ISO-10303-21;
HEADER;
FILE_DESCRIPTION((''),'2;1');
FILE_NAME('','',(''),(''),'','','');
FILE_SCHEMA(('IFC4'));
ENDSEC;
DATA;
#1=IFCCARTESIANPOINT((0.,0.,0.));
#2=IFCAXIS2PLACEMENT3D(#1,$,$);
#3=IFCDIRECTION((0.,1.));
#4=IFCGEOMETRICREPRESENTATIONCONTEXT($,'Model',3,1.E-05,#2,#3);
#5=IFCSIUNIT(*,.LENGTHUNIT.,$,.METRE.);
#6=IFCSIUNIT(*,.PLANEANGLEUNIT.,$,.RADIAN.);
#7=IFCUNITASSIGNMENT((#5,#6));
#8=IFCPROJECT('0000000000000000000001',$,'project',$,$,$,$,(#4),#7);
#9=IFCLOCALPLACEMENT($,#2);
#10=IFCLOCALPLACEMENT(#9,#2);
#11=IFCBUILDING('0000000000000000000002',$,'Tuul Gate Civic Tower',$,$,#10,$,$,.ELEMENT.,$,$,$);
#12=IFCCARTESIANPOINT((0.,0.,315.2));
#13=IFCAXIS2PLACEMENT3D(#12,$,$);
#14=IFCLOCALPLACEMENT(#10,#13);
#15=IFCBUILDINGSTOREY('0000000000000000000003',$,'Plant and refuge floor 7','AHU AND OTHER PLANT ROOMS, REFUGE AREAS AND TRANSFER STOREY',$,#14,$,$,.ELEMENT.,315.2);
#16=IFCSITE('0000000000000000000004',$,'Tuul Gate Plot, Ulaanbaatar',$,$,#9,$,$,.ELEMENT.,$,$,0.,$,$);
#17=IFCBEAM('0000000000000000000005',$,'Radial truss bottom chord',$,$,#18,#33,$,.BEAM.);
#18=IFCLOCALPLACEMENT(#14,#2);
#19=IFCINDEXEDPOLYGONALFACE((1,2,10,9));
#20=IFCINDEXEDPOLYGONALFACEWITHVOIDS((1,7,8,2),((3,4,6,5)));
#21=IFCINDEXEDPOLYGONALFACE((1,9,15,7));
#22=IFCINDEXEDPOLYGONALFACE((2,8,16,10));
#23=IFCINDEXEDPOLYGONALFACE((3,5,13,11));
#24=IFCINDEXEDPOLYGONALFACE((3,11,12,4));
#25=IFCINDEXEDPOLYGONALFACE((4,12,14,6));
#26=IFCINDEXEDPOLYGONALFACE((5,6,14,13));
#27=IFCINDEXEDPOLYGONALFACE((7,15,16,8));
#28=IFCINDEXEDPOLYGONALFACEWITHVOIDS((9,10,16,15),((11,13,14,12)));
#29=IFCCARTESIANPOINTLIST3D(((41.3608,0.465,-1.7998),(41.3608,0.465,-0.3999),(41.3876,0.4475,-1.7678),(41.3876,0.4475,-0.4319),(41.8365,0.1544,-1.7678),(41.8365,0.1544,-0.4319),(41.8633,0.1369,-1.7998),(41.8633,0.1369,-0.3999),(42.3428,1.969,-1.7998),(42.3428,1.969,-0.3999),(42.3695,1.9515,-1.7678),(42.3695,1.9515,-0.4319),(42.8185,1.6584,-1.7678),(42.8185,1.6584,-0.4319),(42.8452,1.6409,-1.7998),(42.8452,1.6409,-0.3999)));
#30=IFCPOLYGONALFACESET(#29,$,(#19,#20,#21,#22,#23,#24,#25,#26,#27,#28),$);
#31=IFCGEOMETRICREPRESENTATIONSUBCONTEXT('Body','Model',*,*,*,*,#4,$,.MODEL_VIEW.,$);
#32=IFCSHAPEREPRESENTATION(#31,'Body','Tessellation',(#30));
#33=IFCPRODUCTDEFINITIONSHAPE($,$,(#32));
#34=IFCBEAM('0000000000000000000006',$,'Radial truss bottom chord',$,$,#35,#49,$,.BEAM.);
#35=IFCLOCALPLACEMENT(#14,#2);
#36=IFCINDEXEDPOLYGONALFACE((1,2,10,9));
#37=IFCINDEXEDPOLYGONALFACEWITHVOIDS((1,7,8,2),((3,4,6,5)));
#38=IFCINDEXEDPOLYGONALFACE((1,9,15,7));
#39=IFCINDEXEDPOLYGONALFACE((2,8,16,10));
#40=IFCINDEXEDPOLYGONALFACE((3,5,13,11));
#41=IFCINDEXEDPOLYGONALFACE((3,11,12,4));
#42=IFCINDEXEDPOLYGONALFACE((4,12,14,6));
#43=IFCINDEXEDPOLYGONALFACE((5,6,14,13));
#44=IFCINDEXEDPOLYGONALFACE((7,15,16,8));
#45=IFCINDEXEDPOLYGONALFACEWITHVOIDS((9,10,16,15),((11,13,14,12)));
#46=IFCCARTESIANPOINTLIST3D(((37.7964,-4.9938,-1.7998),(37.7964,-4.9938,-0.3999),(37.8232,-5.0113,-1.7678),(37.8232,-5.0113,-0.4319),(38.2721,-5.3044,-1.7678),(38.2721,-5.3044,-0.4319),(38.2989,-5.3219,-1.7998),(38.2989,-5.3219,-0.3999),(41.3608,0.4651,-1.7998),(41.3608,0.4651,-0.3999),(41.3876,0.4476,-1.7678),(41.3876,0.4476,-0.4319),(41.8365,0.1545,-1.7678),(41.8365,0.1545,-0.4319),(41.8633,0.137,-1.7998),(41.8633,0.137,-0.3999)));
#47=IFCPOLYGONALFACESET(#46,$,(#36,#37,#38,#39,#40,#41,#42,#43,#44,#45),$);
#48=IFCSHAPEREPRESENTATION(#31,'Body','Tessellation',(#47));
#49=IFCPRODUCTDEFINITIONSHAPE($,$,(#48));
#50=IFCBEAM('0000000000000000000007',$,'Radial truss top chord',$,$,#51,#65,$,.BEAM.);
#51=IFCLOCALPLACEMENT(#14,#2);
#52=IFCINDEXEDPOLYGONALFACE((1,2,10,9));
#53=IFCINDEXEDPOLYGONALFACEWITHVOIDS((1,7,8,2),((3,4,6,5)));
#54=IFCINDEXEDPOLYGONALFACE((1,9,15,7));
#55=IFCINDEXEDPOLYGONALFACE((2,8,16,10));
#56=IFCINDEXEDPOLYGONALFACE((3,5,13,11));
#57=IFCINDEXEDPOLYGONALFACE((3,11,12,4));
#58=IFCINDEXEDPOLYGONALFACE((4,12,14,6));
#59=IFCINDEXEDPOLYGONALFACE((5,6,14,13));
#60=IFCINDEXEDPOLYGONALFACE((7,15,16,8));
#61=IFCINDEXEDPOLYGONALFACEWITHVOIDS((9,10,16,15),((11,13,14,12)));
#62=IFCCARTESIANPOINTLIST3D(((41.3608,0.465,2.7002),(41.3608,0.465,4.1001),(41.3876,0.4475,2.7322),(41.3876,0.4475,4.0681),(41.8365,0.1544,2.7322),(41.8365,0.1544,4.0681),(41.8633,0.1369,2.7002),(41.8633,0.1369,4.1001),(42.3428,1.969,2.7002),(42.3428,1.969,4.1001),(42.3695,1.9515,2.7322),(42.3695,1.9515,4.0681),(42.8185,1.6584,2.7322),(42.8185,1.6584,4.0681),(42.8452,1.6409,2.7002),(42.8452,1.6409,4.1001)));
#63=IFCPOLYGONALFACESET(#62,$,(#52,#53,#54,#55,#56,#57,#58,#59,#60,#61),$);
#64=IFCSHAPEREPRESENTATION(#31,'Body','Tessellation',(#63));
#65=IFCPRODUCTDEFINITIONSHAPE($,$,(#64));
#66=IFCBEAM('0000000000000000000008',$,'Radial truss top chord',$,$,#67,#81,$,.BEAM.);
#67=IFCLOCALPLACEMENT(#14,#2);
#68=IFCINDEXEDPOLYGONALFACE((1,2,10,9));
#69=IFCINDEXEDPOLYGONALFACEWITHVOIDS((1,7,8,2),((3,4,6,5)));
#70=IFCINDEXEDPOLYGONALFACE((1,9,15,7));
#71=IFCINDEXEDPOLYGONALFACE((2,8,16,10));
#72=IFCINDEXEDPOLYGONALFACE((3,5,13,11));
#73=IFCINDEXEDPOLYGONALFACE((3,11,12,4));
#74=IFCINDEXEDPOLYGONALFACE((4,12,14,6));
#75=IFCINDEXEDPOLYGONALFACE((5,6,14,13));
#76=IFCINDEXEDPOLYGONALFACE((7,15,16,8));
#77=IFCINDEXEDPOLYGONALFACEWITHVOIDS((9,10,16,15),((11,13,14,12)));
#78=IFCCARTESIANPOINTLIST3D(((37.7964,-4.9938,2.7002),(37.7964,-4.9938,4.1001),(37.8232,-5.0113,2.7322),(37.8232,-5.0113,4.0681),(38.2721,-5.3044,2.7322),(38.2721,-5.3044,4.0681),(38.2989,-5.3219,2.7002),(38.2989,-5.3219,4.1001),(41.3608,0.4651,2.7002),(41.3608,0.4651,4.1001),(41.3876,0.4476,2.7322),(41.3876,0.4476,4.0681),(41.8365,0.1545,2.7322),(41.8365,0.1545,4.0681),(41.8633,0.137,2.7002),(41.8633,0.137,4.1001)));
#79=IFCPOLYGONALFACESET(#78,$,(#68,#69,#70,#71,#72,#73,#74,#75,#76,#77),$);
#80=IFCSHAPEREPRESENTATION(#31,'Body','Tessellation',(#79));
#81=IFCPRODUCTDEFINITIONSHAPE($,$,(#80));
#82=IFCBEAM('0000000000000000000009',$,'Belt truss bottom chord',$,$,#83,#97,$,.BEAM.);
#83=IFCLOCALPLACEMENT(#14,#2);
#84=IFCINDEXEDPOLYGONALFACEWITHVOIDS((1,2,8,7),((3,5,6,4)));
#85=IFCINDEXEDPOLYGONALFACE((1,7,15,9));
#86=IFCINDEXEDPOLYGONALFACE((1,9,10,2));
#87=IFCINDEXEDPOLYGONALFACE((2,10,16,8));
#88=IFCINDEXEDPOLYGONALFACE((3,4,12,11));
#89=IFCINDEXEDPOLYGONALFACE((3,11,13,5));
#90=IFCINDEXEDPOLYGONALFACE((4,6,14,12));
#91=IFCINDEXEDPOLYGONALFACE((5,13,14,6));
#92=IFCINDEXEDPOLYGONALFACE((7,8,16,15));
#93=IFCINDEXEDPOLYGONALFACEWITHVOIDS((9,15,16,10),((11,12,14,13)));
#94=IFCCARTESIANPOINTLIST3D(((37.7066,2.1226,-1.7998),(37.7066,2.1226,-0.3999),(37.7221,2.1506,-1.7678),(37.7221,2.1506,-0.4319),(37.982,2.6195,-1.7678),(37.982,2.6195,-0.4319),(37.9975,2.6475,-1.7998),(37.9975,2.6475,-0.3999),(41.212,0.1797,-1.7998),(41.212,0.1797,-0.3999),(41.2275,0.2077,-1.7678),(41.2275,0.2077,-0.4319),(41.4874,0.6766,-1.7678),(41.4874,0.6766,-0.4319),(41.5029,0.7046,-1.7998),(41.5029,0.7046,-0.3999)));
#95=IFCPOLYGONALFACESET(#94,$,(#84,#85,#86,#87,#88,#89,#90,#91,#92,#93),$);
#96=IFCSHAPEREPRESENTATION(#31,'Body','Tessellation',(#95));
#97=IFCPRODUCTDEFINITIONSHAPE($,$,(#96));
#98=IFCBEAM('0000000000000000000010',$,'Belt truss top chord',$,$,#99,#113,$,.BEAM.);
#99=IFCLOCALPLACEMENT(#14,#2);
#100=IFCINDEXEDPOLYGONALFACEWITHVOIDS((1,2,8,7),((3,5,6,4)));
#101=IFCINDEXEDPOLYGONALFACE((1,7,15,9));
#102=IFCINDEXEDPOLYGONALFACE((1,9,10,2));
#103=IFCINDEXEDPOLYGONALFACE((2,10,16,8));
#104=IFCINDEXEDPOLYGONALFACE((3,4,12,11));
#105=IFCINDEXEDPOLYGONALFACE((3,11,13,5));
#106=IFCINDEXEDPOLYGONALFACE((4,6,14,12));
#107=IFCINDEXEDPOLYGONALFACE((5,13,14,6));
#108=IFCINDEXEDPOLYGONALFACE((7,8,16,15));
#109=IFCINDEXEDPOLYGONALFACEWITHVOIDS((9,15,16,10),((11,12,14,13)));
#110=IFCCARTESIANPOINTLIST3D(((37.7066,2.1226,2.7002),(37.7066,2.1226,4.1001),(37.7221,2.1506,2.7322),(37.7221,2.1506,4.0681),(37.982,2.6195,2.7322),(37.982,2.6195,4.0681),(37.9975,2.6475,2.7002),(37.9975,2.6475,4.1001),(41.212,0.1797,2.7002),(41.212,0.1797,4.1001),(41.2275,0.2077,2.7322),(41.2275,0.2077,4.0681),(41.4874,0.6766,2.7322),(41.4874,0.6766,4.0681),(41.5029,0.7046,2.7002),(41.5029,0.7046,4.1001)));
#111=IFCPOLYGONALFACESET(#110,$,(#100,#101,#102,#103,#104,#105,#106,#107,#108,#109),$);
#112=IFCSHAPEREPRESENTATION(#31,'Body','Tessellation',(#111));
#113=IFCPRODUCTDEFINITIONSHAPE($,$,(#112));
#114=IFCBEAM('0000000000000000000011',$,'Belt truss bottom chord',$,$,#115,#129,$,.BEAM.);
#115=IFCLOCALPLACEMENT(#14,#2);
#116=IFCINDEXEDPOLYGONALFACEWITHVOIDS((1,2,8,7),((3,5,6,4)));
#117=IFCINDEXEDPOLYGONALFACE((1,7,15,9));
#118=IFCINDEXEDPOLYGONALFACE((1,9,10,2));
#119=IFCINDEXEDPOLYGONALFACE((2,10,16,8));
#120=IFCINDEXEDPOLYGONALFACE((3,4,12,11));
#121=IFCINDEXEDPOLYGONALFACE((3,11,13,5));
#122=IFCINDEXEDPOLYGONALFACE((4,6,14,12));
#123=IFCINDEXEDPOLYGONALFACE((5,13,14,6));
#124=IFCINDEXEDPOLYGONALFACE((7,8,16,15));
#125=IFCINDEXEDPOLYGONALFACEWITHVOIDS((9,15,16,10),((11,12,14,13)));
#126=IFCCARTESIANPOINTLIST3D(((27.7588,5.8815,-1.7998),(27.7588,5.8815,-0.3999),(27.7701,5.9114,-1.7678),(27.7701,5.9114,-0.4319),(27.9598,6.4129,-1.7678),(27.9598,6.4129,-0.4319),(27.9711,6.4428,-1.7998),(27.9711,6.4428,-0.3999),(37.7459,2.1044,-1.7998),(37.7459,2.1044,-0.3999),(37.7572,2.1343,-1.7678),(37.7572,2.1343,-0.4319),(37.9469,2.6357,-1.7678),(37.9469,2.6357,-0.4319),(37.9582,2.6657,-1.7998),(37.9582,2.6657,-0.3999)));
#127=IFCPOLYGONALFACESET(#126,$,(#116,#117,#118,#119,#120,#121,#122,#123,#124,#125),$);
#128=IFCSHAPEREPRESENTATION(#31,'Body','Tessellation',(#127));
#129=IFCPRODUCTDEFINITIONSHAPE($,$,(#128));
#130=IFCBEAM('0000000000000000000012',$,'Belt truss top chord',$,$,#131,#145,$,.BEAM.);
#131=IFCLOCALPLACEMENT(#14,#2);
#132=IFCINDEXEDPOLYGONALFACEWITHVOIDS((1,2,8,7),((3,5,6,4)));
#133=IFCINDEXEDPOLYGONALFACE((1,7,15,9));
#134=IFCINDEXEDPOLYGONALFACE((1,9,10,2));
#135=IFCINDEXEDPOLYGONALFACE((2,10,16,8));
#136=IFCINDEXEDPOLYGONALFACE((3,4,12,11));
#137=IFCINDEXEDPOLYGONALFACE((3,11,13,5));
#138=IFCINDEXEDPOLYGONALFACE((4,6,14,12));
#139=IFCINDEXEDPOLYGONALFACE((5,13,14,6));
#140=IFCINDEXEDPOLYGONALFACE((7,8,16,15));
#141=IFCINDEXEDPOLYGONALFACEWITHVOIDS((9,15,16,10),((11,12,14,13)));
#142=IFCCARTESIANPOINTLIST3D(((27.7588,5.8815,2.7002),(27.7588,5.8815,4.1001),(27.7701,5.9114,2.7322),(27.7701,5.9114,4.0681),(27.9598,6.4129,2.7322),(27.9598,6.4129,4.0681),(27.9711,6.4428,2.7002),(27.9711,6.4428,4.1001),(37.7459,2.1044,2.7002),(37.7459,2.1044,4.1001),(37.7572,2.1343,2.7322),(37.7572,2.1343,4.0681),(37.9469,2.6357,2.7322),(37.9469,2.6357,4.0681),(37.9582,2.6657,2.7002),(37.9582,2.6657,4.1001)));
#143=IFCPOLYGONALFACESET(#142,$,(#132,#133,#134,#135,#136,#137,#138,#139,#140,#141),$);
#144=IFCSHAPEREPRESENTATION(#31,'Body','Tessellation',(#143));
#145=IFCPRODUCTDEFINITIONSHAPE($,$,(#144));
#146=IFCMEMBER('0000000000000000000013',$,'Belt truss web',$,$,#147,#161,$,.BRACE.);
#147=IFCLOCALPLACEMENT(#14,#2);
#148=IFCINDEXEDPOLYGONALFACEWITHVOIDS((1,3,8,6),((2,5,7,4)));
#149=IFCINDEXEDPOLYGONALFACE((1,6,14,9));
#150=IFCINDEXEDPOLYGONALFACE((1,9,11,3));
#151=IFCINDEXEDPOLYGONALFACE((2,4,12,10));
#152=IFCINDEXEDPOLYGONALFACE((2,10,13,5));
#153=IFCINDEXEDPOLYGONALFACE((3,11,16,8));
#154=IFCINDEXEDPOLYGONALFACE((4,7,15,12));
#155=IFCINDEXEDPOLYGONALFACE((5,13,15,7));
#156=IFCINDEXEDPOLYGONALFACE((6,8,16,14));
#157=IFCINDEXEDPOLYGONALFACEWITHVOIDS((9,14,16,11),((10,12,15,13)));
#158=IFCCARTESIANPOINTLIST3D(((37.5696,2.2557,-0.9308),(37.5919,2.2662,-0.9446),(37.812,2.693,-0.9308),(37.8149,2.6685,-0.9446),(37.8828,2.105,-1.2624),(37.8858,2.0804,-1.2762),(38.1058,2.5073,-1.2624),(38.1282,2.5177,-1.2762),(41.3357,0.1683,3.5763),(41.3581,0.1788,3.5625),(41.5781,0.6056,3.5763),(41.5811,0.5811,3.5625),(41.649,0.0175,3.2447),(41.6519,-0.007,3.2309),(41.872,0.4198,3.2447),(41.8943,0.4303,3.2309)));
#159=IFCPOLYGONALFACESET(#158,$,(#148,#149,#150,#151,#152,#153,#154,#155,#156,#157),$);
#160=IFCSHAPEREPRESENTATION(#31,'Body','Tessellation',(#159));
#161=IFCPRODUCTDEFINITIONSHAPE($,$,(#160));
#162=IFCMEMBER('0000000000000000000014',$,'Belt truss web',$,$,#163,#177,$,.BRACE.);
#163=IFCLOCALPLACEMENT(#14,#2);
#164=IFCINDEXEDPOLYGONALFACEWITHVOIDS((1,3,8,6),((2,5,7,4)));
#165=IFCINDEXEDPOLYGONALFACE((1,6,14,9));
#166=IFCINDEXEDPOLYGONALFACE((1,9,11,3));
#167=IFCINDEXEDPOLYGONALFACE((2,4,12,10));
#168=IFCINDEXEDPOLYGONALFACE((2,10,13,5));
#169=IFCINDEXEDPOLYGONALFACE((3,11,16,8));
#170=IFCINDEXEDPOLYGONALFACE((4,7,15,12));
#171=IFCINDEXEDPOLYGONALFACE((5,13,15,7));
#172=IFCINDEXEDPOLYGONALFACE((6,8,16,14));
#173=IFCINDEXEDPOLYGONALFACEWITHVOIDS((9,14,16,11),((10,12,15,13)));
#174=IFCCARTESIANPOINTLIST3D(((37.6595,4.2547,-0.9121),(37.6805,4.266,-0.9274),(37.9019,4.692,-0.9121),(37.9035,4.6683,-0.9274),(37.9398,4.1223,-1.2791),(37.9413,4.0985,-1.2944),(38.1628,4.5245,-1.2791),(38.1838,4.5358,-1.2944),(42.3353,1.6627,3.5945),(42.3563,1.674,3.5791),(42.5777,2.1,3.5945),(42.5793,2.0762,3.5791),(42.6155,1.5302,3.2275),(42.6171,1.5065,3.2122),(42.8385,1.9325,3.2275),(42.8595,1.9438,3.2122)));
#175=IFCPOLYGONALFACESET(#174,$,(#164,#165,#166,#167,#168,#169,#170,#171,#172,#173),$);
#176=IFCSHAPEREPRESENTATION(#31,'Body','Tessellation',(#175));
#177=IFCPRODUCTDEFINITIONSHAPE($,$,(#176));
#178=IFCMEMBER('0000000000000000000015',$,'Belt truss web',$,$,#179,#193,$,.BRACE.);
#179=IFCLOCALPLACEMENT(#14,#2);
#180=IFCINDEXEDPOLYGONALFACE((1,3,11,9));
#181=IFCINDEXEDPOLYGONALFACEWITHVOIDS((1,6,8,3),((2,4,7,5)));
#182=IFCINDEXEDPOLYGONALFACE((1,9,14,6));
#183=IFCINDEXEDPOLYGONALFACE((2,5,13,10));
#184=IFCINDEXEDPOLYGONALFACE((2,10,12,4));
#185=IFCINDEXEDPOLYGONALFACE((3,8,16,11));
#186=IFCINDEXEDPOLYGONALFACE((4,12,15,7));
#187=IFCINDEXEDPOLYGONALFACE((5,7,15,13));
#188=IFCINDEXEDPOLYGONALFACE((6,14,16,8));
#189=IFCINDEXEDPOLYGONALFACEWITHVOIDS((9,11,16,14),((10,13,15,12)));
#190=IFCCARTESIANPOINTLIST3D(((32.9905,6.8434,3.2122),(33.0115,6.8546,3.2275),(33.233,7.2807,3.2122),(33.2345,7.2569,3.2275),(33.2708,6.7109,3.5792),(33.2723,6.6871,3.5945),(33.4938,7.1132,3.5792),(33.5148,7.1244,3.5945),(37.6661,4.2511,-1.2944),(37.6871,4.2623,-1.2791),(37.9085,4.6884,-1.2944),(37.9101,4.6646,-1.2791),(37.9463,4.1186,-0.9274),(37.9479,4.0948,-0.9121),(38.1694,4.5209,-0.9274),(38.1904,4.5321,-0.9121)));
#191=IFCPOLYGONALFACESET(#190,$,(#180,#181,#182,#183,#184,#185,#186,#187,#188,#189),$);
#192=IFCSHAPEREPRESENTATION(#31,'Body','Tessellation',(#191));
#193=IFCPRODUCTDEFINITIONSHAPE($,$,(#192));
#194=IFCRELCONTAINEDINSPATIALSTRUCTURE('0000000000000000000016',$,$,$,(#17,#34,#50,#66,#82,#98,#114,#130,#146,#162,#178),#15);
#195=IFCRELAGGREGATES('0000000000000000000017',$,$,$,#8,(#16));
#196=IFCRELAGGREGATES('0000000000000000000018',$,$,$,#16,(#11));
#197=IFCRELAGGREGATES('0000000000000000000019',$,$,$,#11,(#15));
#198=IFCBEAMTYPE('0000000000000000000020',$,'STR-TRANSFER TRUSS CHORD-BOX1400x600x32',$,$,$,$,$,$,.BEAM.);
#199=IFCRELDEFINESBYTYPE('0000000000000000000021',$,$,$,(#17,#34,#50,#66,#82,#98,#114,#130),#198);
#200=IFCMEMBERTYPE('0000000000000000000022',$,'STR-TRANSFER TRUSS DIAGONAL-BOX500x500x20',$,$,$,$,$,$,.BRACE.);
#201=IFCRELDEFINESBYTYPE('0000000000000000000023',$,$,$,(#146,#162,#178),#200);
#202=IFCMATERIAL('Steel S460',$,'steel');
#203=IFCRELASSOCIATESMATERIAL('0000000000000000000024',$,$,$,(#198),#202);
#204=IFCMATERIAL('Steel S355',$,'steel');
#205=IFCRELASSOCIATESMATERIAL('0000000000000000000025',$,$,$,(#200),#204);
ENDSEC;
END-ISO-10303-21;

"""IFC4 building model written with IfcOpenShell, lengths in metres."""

from ifc_helpers import new_model, si_unit, direction, frame, origin, origin_2d, place, context, subcontext, project, spatial, hollow_rectangle, extrude, material, material_profile, profile_set, type_object, element, save


model = new_model("IFC4")

# Units and contexts
model_context = context("Model", 3, precision=1e-05, world=origin(), true_north=direction((0.0, 1.0)))
body_context = subcontext(model_context, "Body", "Model", "MODEL_VIEW")
ifc_project = project(units=[si_unit("LENGTHUNIT", "METRE"), si_unit("PLANEANGLEUNIT", "RADIAN")], contexts=[model_context])

# Site, building, storey
site_placement = place(None, origin())
site = spatial("IfcSite", under=ifc_project, at=site_placement, Name="Tuul Gate Plot, Ulaanbaatar", CompositionType="ELEMENT", RefElevation=0.0)
building_placement = place(site_placement, origin())
building = spatial("IfcBuilding", under=site, at=building_placement, Name="Tuul Gate Civic Tower", CompositionType="ELEMENT")
storey_placement = place(building_placement, frame((0.0, 0.0, 315.2)))
storey = spatial("IfcBuildingStorey", under=building, at=storey_placement, Name="Plant and refuge floor 7", Description="AHU AND OTHER PLANT ROOMS, REFUGE AREAS AND TRANSFER STOREY", CompositionType="ELEMENT", Elevation=315.2)

# Beams
ifc_material_1 = material(Name="Steel S460", Category="steel")
ifc_material_profile_1 = material_profile(ifc_material_1, hollow_rectangle(XDim=0.6001, YDim=1.3999, WallThickness=0.032, at=origin_2d()), Name="BOX1400x600x32")
ifc_profile_set_1 = profile_set([ifc_material_profile_1], Name="Steel S460")
beam_type = type_object("IfcBeamType", Name="STR-TRANSFER TRUSS CHORD-BOX1400x600x32", PredefinedType="BEAM", material=ifc_profile_set_1)
beam_1_placement = place(storey_placement, frame((42.594, 1.8049, -1.0999), z_axis=(-0.546707, -0.837324, 0.0), x_axis=(0.837324, -0.546707, 0.0)))
element("IfcBeam", 1, at=beam_1_placement, inside=storey, type_object=beam_type, Name="Radial truss bottom chord", PredefinedType="BEAM", context=body_context, shape_type="SweptSolid", body=[
    extrude(hollow_rectangle(XDim=0.6001, YDim=1.3999, WallThickness=0.032, at=origin_2d()), origin(), (0.0, 0.0, 1.0), 1.7961),
])
beam_2_placement = place(storey_placement, frame((41.6121, 0.301, -1.0999), z_axis=(-0.546725, -0.837312, 0.0), x_axis=(0.837312, -0.546725, 0.0)))
element("IfcBeam", 2, at=beam_2_placement, inside=storey, type_object=beam_type, Name="Radial truss bottom chord", PredefinedType="BEAM", context=body_context, shape_type="SweptSolid", body=[
    extrude(hollow_rectangle(XDim=0.6001, YDim=1.3999, WallThickness=0.032, at=origin_2d()), origin(), (0.0, 0.0, 1.0), 6.5195),
])
beam_3_placement = place(storey_placement, frame((42.594, 1.8049, 3.4001), z_axis=(-0.546707, -0.837324, 0.0), x_axis=(0.837324, -0.546707, 0.0)))
element("IfcBeam", 3, at=beam_3_placement, inside=storey, type_object=beam_type, Name="Radial truss top chord", PredefinedType="BEAM", context=body_context, shape_type="SweptSolid", body=[
    extrude(hollow_rectangle(XDim=0.6001, YDim=1.3999, WallThickness=0.032, at=origin_2d()), origin(), (0.0, 0.0, 1.0), 1.7961),
])
beam_4_placement = place(storey_placement, frame((41.6121, 0.301, 3.4001), z_axis=(-0.546725, -0.837312, 0.0), x_axis=(0.837312, -0.546725, 0.0)))
element("IfcBeam", 4, at=beam_4_placement, inside=storey, type_object=beam_type, Name="Radial truss top chord", PredefinedType="BEAM", context=body_context, shape_type="SweptSolid", body=[
    extrude(hollow_rectangle(XDim=0.6001, YDim=1.3999, WallThickness=0.032, at=origin_2d()), origin(), (0.0, 0.0, 1.0), 6.5195),
])
for number, where, z_axis, x_axis, name in (
    (5, (41.3574, 0.4421, -1.0999), (-0.87464, 0.484774, 0.0), (-0.484774, -0.87464, 0.0), "Belt truss bottom chord"),
    (6, (41.3574, 0.4421, 3.4001), (-0.87464, 0.484774, 0.0), (-0.484774, -0.87464, 0.0), "Belt truss top chord"),
):
    element("IfcBeam", number, at=place(storey_placement, frame(where, z_axis=z_axis, x_axis=x_axis)), inside=storey, type_object=beam_type, Name=name, PredefinedType="BEAM", context=body_context, shape_type="SweptSolid", body=[
        extrude(hollow_rectangle(XDim=0.6001, YDim=1.3999, WallThickness=0.032, at=origin_2d()), origin(), (0.0, 0.0, 1.0), 4.0078),
    ])
for number, where, z_axis, x_axis, name in (
    (7, (37.8521, 2.385, -1.0999), (-0.935342, 0.353746, 0.0), (-0.353746, -0.935342, 0.0), "Belt truss bottom chord"),
    (8, (37.8521, 2.385, 3.4001), (-0.935342, 0.353746, 0.0), (-0.353746, -0.935342, 0.0), "Belt truss top chord"),
):
    element("IfcBeam", number, at=place(storey_placement, frame(where, z_axis=z_axis, x_axis=x_axis)), inside=storey, type_object=beam_type, Name=name, PredefinedType="BEAM", context=body_context, shape_type="SweptSolid", body=[
        extrude(hollow_rectangle(XDim=0.6001, YDim=1.3999, WallThickness=0.032, at=origin_2d()), origin(), (0.0, 0.0, 1.0), 10.6775),
    ])

# Members
ifc_material_2 = material(Name="Steel S355", Category="steel")
ifc_material_profile_2 = material_profile(ifc_material_2, hollow_rectangle(XDim=0.5, YDim=0.5, WallThickness=0.02, at=origin_2d()), Name="BOX500x500x20")
ifc_profile_set_2 = profile_set([ifc_material_profile_2], Name="Steel S355")
member_type_1 = type_object("IfcMemberType", Name="STR-TRANSFER TRUSS DIAGONAL-BOX500x500x20", PredefinedType="BRACE", material=ifc_profile_set_2)
member_placement = place(storey_placement, frame((37.8489, 2.3867, -1.1035), z_axis=(0.604188, -0.334877, 0.723059), x_axis=(0.484776, 0.874638, 0.0)))
element("IfcMember", 9, at=member_placement, inside=storey, type_object=member_type_1, Name="Belt truss web", PredefinedType="BRACE", context=body_context, shape_type="SweptSolid", body=[
    extrude(hollow_rectangle(XDim=0.5, YDim=0.5, WallThickness=0.02, at=origin_2d()), origin(), (0.0, 0.0, 1.0), 6.2334),
])
for number, where, z_axis, x_axis, name in (
    (10, (37.9216, 4.3953, -1.1033), (0.668713, -0.370704, 0.644516), (0.48484, 0.874603, 0.0), "Belt truss web"),
    (11, (37.9282, 4.3916, -1.1033), (-0.668685, 0.370743, 0.644523), (-0.484894, -0.874573, 0.0), "Belt truss web"),
):
    element("IfcMember", number, at=place(storey_placement, frame(where, z_axis=z_axis, x_axis=x_axis)), inside=storey, type_object=member_type_1, Name=name, PredefinedType="BRACE", context=body_context, shape_type="SweptSolid", body=[
        extrude(hollow_rectangle(XDim=0.5, YDim=0.5, WallThickness=0.02, at=origin_2d()), origin(), (0.0, 0.0, 1.0), 6.9922),
    ])

save(model, "model.ifc")
